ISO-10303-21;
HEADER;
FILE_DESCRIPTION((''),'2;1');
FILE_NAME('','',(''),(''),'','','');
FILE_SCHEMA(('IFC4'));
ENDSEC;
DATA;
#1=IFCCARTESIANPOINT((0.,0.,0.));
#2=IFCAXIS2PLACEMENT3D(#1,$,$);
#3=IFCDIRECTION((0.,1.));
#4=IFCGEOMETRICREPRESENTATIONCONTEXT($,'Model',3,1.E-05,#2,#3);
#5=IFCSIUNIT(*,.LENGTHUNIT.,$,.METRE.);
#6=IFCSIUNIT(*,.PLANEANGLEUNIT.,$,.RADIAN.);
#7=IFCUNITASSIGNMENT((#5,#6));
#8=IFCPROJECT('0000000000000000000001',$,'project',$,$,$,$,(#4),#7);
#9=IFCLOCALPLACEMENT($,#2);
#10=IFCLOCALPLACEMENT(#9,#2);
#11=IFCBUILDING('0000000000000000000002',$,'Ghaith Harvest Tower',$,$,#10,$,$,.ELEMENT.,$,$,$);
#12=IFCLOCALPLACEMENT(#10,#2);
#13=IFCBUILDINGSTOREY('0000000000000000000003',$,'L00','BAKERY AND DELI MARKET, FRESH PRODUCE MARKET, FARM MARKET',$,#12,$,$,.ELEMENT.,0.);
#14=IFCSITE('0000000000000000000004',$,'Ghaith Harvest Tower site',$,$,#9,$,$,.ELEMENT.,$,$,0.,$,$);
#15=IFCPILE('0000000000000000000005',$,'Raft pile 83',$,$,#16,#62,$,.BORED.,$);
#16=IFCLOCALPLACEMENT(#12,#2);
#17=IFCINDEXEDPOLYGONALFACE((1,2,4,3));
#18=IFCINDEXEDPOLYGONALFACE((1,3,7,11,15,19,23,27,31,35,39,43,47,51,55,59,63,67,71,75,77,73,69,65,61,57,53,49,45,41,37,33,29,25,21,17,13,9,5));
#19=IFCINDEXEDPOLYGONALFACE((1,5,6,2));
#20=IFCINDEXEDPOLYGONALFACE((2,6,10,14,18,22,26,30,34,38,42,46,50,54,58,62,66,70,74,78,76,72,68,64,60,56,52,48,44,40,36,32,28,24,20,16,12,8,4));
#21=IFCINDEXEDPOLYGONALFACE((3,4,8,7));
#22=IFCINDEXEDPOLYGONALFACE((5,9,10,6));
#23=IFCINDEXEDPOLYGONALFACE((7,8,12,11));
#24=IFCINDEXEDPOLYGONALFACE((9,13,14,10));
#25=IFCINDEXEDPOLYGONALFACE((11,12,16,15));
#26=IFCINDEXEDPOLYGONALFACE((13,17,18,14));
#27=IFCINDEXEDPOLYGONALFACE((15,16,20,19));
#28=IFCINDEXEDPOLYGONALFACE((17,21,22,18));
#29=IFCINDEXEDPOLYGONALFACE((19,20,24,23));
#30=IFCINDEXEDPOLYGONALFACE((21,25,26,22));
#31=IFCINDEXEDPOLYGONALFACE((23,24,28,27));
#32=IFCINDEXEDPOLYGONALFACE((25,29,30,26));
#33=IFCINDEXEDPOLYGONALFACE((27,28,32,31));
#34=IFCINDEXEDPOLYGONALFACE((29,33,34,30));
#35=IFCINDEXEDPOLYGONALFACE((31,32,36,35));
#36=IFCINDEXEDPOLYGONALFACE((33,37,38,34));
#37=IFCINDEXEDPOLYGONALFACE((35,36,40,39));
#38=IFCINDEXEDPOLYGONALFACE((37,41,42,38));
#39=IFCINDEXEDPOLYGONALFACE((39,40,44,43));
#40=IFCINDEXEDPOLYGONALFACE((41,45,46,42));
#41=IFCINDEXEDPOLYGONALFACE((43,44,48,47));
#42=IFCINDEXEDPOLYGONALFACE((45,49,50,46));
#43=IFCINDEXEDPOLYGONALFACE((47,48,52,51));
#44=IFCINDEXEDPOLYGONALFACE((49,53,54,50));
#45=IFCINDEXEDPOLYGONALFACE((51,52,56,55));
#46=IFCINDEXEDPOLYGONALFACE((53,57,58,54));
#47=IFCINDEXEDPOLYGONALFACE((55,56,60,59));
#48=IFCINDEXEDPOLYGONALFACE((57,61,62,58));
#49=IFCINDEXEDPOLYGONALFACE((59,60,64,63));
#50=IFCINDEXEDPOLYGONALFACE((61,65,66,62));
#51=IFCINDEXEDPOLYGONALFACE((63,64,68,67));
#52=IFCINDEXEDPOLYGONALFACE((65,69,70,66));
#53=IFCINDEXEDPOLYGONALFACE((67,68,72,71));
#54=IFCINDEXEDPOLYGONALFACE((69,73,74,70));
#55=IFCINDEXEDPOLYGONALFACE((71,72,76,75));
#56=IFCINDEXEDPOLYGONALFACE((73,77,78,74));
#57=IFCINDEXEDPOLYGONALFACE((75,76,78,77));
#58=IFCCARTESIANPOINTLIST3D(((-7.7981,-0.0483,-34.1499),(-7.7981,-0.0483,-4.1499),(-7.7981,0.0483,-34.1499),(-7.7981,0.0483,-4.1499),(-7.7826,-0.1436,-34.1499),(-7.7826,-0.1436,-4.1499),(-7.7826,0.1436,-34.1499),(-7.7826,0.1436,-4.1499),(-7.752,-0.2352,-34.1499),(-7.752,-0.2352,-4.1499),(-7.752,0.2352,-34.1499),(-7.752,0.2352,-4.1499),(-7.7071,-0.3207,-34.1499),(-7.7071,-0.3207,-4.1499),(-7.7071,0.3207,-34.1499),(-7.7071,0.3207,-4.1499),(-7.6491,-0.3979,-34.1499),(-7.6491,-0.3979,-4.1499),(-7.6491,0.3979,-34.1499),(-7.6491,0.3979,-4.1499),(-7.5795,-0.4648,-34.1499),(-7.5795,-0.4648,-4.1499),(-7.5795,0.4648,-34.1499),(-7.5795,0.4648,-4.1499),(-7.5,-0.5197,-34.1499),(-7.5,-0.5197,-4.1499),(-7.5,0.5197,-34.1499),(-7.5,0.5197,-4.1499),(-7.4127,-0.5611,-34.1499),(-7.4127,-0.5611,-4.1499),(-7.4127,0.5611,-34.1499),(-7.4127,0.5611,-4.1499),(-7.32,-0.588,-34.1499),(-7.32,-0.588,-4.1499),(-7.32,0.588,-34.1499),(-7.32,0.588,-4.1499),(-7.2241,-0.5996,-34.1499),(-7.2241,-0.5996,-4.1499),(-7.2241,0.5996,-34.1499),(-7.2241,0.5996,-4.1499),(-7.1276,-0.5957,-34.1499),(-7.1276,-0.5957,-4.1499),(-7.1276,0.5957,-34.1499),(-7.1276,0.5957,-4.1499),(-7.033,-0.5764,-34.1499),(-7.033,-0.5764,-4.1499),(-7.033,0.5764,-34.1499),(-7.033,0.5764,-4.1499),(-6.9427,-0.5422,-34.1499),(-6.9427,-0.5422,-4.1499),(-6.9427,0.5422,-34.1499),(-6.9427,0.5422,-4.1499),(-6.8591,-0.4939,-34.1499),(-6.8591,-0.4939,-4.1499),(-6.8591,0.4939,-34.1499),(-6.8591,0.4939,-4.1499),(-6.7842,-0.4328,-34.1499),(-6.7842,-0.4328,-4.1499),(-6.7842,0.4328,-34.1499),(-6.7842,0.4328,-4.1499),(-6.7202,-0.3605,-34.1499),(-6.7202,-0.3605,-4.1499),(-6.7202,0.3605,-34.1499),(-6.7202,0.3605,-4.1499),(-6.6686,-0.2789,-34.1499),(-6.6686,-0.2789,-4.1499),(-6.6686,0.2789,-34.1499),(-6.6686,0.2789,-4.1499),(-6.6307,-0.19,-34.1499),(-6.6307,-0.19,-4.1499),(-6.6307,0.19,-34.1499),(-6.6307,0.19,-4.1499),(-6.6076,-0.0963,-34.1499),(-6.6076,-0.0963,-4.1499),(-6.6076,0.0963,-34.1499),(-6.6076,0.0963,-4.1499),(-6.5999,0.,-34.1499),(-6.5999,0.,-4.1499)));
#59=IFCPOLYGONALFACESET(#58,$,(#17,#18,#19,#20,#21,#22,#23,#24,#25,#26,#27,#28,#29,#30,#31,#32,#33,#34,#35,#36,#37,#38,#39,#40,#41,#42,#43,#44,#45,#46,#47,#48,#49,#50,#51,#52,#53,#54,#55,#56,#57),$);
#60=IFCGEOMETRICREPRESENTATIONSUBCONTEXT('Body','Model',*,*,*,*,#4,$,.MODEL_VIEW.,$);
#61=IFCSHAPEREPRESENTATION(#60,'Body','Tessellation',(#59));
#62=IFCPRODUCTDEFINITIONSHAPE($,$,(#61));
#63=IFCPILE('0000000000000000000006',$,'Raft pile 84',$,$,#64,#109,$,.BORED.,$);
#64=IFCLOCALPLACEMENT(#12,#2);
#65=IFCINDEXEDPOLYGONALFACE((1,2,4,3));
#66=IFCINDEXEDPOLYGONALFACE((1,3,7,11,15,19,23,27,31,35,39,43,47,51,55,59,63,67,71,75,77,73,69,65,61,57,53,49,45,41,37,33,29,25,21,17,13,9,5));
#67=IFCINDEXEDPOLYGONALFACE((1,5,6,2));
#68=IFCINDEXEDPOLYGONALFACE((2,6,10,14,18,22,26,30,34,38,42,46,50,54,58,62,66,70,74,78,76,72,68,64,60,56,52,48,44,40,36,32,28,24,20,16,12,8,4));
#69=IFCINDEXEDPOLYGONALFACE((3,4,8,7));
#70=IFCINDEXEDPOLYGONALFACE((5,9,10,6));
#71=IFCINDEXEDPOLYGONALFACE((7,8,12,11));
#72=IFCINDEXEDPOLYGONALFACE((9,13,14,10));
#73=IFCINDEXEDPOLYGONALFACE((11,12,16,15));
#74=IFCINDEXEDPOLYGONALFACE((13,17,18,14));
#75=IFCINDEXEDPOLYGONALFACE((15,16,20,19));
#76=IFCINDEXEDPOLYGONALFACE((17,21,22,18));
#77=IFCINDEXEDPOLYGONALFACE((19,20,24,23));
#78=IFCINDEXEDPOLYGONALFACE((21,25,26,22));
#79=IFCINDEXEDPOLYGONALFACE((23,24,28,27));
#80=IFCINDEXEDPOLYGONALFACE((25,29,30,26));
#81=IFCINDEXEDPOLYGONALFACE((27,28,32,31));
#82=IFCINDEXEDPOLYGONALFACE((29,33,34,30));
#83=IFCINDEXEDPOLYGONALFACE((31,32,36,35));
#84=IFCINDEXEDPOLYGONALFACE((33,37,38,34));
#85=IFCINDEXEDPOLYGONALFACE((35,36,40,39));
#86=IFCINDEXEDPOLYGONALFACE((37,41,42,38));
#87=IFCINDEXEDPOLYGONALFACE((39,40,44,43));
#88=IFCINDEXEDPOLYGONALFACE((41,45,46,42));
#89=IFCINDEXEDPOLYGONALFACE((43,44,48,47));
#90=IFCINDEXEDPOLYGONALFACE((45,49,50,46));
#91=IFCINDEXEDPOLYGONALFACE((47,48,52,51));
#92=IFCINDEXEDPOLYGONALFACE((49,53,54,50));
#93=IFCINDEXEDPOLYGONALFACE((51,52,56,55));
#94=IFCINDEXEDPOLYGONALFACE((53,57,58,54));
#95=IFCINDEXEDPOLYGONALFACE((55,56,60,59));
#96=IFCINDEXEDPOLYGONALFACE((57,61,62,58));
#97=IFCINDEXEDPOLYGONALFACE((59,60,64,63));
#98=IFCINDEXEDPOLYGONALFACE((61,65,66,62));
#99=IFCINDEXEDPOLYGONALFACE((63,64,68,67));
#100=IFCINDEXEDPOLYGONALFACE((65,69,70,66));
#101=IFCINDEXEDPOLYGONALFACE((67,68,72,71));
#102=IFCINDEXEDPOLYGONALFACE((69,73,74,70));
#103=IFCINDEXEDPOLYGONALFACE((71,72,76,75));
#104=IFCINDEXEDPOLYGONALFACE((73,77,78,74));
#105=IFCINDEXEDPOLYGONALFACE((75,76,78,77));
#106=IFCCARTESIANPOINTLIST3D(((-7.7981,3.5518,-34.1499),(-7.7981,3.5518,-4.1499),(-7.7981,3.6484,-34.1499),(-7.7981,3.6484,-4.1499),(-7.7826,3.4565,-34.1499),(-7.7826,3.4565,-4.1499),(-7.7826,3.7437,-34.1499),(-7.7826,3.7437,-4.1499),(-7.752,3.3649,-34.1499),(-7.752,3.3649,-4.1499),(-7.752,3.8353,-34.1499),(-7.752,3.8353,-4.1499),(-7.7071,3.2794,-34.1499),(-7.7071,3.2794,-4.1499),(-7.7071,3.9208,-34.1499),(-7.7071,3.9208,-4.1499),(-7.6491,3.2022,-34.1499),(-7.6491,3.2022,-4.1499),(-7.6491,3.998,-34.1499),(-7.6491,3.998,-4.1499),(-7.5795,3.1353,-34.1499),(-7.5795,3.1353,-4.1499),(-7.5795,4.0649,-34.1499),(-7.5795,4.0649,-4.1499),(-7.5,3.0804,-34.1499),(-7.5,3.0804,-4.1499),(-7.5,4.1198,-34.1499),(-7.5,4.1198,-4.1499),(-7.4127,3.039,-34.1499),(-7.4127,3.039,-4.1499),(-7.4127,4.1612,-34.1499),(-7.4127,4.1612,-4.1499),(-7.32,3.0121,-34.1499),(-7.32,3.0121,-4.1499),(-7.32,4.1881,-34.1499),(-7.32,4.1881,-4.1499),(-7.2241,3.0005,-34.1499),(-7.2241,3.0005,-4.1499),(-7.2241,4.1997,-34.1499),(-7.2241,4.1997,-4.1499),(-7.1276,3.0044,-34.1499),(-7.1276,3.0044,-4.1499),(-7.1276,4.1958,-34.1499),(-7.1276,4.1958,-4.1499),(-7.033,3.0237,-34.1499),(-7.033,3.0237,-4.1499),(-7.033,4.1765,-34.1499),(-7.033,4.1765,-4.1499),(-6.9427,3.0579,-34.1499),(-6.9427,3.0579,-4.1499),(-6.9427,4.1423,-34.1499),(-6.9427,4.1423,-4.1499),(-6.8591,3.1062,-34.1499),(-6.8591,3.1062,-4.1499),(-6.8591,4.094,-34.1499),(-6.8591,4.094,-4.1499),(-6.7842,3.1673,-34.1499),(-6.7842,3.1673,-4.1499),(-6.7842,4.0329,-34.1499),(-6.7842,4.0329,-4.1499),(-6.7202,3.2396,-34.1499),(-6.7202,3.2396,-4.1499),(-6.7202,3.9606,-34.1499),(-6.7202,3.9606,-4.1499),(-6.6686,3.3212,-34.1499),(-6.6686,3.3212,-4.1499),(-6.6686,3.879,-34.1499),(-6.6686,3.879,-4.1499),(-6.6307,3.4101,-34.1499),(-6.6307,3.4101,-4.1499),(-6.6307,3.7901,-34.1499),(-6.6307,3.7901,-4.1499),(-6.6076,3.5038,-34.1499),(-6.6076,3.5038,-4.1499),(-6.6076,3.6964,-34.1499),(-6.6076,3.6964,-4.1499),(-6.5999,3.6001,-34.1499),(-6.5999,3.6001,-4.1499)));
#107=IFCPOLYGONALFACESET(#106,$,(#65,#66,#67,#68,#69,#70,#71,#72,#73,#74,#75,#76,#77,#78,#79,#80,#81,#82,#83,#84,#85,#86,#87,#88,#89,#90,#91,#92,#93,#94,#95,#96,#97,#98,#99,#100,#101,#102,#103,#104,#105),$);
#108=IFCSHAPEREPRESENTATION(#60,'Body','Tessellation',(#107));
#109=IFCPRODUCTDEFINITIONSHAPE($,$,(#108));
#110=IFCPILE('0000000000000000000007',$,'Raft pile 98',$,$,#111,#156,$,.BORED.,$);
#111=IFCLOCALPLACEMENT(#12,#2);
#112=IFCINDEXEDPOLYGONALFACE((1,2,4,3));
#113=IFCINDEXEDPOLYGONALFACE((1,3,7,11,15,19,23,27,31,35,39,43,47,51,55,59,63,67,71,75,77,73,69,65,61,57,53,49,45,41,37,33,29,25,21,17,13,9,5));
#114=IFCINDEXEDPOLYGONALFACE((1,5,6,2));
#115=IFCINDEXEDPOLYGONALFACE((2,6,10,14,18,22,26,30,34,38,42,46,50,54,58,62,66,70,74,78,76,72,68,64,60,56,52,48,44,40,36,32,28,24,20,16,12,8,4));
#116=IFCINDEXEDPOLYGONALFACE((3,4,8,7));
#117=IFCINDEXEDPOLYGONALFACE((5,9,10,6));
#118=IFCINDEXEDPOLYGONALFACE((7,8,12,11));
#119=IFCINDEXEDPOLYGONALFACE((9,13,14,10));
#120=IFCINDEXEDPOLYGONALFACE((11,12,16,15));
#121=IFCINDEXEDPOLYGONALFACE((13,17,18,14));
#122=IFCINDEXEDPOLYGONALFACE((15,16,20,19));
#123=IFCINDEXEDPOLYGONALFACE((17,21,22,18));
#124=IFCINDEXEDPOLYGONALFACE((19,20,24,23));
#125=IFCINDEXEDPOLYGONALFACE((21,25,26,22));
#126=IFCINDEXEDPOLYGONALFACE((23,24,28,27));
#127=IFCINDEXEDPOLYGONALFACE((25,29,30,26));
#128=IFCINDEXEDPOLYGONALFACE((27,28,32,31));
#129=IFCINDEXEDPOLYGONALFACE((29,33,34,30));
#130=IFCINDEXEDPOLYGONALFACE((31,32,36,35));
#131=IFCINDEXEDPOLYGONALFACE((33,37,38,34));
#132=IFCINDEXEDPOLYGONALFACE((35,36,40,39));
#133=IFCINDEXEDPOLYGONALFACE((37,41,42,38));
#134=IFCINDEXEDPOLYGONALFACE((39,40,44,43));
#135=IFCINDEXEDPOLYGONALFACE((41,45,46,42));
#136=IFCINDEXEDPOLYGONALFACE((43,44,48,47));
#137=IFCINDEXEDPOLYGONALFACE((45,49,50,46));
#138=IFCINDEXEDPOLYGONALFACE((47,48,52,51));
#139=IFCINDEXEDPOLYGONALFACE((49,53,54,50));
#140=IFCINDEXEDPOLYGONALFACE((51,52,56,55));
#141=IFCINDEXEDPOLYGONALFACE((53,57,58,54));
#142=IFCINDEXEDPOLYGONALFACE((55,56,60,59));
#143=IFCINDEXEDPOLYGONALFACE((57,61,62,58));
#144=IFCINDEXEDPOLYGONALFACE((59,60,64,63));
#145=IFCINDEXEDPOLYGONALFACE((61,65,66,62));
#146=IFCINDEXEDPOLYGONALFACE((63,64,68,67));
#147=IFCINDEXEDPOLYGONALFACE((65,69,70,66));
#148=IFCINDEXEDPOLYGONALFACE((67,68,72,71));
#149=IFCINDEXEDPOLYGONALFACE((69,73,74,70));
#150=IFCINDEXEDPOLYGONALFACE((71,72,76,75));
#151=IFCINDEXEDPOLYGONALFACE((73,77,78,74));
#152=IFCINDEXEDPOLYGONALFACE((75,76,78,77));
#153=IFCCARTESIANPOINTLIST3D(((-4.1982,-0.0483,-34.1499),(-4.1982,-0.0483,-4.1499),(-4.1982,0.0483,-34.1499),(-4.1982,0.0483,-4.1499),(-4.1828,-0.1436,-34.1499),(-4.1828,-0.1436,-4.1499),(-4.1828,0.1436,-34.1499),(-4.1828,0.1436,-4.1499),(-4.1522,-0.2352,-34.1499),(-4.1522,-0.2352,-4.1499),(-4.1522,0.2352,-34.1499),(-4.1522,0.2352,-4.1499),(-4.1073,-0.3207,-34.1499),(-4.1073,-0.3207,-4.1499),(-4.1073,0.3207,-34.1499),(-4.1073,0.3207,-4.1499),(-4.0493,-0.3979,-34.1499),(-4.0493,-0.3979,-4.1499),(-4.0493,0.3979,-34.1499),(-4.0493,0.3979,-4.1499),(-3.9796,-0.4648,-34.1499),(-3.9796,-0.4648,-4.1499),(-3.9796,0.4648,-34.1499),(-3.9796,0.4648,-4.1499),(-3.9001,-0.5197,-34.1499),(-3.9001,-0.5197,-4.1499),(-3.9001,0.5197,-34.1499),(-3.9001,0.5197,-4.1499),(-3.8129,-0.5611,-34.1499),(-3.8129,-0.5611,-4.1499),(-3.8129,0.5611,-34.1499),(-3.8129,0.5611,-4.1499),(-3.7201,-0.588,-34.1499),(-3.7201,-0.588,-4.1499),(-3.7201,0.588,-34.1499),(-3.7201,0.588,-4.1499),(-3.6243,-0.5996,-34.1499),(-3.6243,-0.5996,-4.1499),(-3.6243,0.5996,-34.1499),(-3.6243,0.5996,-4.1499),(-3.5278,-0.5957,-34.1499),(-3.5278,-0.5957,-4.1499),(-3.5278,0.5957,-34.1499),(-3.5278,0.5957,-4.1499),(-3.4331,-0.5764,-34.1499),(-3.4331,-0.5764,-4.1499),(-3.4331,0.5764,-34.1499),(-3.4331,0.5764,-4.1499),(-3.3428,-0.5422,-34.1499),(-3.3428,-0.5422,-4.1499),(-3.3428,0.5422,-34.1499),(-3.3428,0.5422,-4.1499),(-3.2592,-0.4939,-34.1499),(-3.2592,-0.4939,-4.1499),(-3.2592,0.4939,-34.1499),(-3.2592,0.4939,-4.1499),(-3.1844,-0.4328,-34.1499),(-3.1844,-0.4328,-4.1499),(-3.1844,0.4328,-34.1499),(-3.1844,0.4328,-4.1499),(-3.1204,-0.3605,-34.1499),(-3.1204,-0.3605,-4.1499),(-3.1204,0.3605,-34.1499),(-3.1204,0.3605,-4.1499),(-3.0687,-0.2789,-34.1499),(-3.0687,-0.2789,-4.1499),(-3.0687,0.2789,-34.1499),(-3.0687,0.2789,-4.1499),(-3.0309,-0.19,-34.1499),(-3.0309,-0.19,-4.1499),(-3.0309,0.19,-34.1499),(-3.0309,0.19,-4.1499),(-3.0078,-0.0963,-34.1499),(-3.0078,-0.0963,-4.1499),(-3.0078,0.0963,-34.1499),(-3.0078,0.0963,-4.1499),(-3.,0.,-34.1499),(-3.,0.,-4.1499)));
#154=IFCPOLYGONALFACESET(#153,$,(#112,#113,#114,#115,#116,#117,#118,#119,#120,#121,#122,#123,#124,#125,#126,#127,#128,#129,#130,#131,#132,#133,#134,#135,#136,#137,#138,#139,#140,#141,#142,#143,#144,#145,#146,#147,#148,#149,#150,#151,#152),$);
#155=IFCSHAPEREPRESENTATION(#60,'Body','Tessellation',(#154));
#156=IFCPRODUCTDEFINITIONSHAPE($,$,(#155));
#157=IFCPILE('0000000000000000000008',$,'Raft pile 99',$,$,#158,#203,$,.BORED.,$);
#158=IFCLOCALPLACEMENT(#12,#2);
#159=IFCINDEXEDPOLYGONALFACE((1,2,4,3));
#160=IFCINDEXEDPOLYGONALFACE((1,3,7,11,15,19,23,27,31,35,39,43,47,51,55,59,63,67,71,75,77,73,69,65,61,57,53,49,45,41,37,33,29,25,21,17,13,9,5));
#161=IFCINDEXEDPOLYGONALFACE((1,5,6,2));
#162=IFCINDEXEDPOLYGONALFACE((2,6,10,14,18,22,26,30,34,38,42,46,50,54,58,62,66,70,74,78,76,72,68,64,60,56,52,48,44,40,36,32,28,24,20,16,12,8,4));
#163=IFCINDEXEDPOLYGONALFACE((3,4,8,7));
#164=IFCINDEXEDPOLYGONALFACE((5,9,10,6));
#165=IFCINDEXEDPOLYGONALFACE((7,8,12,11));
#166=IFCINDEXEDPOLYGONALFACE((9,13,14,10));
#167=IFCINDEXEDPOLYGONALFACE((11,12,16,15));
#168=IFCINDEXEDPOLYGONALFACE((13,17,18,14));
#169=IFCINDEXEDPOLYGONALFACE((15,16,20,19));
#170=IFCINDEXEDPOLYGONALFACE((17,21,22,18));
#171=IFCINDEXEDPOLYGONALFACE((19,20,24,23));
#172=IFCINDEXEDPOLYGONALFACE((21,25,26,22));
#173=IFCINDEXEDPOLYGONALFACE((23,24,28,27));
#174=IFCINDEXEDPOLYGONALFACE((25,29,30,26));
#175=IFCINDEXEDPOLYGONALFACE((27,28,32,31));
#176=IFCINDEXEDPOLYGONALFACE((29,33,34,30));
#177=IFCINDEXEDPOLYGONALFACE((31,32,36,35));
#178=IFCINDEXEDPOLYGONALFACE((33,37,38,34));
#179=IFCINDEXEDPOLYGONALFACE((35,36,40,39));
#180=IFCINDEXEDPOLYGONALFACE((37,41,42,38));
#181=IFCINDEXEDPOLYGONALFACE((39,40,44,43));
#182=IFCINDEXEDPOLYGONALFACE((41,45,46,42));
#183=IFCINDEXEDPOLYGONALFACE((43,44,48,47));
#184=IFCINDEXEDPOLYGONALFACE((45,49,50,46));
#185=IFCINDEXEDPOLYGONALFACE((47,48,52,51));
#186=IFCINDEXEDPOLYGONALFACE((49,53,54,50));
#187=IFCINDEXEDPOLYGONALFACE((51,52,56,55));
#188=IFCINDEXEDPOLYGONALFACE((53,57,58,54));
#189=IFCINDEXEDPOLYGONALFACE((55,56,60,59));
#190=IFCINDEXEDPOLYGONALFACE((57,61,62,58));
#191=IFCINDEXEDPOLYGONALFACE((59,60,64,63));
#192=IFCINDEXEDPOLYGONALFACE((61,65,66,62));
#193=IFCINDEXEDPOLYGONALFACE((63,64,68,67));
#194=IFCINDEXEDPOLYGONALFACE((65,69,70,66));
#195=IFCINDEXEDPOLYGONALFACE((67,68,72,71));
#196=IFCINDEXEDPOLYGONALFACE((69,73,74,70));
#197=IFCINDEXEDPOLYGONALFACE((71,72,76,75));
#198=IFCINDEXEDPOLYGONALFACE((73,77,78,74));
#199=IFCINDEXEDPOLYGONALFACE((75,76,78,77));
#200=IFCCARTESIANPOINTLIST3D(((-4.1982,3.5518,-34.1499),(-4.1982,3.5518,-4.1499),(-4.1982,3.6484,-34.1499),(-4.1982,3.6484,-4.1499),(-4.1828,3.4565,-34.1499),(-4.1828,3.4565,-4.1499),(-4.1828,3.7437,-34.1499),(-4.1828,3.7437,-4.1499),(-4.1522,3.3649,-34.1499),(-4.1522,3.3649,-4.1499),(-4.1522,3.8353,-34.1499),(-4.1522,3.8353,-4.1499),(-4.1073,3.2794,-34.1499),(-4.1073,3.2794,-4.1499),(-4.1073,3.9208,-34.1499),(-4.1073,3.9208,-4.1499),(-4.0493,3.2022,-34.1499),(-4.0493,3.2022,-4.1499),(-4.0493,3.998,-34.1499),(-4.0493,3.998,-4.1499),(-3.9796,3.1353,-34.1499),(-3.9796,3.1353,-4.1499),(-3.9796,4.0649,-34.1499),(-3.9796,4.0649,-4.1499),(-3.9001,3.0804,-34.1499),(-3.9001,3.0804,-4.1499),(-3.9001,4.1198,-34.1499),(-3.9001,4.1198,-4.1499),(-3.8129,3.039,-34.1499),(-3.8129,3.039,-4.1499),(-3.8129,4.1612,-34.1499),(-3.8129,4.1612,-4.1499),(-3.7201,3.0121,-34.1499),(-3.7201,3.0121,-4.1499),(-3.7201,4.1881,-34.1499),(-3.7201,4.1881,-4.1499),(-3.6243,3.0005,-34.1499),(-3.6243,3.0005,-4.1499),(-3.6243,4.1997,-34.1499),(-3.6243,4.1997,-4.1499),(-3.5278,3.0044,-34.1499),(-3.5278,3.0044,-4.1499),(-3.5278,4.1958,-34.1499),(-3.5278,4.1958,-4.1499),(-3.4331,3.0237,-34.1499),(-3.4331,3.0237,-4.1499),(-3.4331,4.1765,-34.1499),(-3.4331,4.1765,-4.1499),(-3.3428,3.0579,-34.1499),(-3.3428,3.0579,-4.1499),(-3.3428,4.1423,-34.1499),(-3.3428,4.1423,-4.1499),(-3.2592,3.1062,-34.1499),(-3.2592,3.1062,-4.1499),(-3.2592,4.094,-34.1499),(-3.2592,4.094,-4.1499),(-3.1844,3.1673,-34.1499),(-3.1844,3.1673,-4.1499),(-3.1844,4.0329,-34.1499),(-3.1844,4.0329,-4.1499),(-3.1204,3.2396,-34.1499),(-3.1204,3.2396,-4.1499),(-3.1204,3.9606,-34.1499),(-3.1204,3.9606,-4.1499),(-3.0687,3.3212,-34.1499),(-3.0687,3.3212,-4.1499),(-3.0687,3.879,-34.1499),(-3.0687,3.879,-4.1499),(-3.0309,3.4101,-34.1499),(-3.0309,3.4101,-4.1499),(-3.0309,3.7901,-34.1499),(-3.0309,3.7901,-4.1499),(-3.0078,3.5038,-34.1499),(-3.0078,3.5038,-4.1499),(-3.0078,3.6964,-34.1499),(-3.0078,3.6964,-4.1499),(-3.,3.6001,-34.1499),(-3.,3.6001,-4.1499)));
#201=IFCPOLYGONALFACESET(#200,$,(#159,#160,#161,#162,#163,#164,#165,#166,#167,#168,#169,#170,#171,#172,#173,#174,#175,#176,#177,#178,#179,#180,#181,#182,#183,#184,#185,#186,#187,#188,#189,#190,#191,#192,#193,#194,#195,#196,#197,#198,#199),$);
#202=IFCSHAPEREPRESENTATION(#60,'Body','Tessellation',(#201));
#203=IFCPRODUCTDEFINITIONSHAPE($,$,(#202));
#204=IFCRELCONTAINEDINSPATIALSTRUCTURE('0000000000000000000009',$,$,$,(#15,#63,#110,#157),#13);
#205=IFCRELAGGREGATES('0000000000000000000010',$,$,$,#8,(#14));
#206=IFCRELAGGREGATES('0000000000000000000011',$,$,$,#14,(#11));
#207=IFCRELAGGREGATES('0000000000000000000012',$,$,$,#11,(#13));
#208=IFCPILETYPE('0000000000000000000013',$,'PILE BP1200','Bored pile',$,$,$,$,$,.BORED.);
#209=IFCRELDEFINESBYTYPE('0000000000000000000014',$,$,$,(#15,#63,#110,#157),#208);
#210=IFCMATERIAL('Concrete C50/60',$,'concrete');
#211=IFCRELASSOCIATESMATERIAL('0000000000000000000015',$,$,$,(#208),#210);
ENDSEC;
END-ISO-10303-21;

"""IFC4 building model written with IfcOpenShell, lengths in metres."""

from ifc_helpers import new_model, si_unit, direction, frame, origin, origin_2d, place, context, subcontext, project, spatial, circle, extrude, material, material_profile, profile_set, type_object, element, save


model = new_model("IFC4")

# Units and contexts
model_context = context("Model", 3, precision=1e-05, world=origin(), true_north=direction((0.0, 1.0)))
body_context = subcontext(model_context, "Body", "Model", "MODEL_VIEW")
ifc_project = project(units=[si_unit("LENGTHUNIT", "METRE"), si_unit("PLANEANGLEUNIT", "RADIAN")], contexts=[model_context])

# Site, building, storey
site_placement = place(None, origin())
site = spatial("IfcSite", under=ifc_project, at=site_placement, Name="Ghaith Harvest Tower site", CompositionType="ELEMENT", RefElevation=0.0)
building_placement = place(site_placement, origin())
building = spatial("IfcBuilding", under=site, at=building_placement, Name="Ghaith Harvest Tower", CompositionType="ELEMENT")
storey_placement = place(building_placement, origin())
storey = spatial("IfcBuildingStorey", under=building, at=storey_placement, Name="L00", Description="BAKERY AND DELI MARKET, FRESH PRODUCE MARKET, FARM MARKET", CompositionType="ELEMENT", Elevation=0.0)

# Piles
ifc_material_1 = material(Name="Concrete C50/60", Category="concrete")
ifc_material_profile = material_profile(ifc_material_1, circle(Radius=0.6001, at=origin_2d()), Name="PILE1200")
ifc_profile_set = profile_set([ifc_material_profile], Name="Concrete C50/60")
pile_type = type_object("IfcPileType", Name="PILE BP1200", Description="Bored pile", PredefinedType="BORED", material=ifc_profile_set)
for number, where, z_axis, x_axis, name in (
    (1, (-7.2, 0.0, -4.1499), (0.0, 0.0, -1.0), (1.0, 0.0, 0.0), "Raft pile 83"),
    (2, (-7.2, 3.6001, -4.1499), (0.0, 0.0, -1.0), (1.0, 0.0, 0.0), "Raft pile 84"),
    (3, (-3.6001, 0.0, -4.1499), (0.0, 0.0, -1.0), (1.0, 0.0, 0.0), "Raft pile 98"),
    (4, (-3.6001, 3.6001, -4.1499), (0.0, 0.0, -1.0), (1.0, 0.0, 0.0), "Raft pile 99"),
):
    element("IfcPile", number, at=place(storey_placement, frame(where, z_axis=z_axis, x_axis=x_axis)), inside=storey, type_object=pile_type, Name=name, PredefinedType="BORED", context=body_context, shape_type="SweptSolid", body=[
        extrude(circle(Radius=0.6001, at=origin_2d()), origin(), (0.0, 0.0, 1.0), 30.0),
    ])

save(model, "model.ifc")
